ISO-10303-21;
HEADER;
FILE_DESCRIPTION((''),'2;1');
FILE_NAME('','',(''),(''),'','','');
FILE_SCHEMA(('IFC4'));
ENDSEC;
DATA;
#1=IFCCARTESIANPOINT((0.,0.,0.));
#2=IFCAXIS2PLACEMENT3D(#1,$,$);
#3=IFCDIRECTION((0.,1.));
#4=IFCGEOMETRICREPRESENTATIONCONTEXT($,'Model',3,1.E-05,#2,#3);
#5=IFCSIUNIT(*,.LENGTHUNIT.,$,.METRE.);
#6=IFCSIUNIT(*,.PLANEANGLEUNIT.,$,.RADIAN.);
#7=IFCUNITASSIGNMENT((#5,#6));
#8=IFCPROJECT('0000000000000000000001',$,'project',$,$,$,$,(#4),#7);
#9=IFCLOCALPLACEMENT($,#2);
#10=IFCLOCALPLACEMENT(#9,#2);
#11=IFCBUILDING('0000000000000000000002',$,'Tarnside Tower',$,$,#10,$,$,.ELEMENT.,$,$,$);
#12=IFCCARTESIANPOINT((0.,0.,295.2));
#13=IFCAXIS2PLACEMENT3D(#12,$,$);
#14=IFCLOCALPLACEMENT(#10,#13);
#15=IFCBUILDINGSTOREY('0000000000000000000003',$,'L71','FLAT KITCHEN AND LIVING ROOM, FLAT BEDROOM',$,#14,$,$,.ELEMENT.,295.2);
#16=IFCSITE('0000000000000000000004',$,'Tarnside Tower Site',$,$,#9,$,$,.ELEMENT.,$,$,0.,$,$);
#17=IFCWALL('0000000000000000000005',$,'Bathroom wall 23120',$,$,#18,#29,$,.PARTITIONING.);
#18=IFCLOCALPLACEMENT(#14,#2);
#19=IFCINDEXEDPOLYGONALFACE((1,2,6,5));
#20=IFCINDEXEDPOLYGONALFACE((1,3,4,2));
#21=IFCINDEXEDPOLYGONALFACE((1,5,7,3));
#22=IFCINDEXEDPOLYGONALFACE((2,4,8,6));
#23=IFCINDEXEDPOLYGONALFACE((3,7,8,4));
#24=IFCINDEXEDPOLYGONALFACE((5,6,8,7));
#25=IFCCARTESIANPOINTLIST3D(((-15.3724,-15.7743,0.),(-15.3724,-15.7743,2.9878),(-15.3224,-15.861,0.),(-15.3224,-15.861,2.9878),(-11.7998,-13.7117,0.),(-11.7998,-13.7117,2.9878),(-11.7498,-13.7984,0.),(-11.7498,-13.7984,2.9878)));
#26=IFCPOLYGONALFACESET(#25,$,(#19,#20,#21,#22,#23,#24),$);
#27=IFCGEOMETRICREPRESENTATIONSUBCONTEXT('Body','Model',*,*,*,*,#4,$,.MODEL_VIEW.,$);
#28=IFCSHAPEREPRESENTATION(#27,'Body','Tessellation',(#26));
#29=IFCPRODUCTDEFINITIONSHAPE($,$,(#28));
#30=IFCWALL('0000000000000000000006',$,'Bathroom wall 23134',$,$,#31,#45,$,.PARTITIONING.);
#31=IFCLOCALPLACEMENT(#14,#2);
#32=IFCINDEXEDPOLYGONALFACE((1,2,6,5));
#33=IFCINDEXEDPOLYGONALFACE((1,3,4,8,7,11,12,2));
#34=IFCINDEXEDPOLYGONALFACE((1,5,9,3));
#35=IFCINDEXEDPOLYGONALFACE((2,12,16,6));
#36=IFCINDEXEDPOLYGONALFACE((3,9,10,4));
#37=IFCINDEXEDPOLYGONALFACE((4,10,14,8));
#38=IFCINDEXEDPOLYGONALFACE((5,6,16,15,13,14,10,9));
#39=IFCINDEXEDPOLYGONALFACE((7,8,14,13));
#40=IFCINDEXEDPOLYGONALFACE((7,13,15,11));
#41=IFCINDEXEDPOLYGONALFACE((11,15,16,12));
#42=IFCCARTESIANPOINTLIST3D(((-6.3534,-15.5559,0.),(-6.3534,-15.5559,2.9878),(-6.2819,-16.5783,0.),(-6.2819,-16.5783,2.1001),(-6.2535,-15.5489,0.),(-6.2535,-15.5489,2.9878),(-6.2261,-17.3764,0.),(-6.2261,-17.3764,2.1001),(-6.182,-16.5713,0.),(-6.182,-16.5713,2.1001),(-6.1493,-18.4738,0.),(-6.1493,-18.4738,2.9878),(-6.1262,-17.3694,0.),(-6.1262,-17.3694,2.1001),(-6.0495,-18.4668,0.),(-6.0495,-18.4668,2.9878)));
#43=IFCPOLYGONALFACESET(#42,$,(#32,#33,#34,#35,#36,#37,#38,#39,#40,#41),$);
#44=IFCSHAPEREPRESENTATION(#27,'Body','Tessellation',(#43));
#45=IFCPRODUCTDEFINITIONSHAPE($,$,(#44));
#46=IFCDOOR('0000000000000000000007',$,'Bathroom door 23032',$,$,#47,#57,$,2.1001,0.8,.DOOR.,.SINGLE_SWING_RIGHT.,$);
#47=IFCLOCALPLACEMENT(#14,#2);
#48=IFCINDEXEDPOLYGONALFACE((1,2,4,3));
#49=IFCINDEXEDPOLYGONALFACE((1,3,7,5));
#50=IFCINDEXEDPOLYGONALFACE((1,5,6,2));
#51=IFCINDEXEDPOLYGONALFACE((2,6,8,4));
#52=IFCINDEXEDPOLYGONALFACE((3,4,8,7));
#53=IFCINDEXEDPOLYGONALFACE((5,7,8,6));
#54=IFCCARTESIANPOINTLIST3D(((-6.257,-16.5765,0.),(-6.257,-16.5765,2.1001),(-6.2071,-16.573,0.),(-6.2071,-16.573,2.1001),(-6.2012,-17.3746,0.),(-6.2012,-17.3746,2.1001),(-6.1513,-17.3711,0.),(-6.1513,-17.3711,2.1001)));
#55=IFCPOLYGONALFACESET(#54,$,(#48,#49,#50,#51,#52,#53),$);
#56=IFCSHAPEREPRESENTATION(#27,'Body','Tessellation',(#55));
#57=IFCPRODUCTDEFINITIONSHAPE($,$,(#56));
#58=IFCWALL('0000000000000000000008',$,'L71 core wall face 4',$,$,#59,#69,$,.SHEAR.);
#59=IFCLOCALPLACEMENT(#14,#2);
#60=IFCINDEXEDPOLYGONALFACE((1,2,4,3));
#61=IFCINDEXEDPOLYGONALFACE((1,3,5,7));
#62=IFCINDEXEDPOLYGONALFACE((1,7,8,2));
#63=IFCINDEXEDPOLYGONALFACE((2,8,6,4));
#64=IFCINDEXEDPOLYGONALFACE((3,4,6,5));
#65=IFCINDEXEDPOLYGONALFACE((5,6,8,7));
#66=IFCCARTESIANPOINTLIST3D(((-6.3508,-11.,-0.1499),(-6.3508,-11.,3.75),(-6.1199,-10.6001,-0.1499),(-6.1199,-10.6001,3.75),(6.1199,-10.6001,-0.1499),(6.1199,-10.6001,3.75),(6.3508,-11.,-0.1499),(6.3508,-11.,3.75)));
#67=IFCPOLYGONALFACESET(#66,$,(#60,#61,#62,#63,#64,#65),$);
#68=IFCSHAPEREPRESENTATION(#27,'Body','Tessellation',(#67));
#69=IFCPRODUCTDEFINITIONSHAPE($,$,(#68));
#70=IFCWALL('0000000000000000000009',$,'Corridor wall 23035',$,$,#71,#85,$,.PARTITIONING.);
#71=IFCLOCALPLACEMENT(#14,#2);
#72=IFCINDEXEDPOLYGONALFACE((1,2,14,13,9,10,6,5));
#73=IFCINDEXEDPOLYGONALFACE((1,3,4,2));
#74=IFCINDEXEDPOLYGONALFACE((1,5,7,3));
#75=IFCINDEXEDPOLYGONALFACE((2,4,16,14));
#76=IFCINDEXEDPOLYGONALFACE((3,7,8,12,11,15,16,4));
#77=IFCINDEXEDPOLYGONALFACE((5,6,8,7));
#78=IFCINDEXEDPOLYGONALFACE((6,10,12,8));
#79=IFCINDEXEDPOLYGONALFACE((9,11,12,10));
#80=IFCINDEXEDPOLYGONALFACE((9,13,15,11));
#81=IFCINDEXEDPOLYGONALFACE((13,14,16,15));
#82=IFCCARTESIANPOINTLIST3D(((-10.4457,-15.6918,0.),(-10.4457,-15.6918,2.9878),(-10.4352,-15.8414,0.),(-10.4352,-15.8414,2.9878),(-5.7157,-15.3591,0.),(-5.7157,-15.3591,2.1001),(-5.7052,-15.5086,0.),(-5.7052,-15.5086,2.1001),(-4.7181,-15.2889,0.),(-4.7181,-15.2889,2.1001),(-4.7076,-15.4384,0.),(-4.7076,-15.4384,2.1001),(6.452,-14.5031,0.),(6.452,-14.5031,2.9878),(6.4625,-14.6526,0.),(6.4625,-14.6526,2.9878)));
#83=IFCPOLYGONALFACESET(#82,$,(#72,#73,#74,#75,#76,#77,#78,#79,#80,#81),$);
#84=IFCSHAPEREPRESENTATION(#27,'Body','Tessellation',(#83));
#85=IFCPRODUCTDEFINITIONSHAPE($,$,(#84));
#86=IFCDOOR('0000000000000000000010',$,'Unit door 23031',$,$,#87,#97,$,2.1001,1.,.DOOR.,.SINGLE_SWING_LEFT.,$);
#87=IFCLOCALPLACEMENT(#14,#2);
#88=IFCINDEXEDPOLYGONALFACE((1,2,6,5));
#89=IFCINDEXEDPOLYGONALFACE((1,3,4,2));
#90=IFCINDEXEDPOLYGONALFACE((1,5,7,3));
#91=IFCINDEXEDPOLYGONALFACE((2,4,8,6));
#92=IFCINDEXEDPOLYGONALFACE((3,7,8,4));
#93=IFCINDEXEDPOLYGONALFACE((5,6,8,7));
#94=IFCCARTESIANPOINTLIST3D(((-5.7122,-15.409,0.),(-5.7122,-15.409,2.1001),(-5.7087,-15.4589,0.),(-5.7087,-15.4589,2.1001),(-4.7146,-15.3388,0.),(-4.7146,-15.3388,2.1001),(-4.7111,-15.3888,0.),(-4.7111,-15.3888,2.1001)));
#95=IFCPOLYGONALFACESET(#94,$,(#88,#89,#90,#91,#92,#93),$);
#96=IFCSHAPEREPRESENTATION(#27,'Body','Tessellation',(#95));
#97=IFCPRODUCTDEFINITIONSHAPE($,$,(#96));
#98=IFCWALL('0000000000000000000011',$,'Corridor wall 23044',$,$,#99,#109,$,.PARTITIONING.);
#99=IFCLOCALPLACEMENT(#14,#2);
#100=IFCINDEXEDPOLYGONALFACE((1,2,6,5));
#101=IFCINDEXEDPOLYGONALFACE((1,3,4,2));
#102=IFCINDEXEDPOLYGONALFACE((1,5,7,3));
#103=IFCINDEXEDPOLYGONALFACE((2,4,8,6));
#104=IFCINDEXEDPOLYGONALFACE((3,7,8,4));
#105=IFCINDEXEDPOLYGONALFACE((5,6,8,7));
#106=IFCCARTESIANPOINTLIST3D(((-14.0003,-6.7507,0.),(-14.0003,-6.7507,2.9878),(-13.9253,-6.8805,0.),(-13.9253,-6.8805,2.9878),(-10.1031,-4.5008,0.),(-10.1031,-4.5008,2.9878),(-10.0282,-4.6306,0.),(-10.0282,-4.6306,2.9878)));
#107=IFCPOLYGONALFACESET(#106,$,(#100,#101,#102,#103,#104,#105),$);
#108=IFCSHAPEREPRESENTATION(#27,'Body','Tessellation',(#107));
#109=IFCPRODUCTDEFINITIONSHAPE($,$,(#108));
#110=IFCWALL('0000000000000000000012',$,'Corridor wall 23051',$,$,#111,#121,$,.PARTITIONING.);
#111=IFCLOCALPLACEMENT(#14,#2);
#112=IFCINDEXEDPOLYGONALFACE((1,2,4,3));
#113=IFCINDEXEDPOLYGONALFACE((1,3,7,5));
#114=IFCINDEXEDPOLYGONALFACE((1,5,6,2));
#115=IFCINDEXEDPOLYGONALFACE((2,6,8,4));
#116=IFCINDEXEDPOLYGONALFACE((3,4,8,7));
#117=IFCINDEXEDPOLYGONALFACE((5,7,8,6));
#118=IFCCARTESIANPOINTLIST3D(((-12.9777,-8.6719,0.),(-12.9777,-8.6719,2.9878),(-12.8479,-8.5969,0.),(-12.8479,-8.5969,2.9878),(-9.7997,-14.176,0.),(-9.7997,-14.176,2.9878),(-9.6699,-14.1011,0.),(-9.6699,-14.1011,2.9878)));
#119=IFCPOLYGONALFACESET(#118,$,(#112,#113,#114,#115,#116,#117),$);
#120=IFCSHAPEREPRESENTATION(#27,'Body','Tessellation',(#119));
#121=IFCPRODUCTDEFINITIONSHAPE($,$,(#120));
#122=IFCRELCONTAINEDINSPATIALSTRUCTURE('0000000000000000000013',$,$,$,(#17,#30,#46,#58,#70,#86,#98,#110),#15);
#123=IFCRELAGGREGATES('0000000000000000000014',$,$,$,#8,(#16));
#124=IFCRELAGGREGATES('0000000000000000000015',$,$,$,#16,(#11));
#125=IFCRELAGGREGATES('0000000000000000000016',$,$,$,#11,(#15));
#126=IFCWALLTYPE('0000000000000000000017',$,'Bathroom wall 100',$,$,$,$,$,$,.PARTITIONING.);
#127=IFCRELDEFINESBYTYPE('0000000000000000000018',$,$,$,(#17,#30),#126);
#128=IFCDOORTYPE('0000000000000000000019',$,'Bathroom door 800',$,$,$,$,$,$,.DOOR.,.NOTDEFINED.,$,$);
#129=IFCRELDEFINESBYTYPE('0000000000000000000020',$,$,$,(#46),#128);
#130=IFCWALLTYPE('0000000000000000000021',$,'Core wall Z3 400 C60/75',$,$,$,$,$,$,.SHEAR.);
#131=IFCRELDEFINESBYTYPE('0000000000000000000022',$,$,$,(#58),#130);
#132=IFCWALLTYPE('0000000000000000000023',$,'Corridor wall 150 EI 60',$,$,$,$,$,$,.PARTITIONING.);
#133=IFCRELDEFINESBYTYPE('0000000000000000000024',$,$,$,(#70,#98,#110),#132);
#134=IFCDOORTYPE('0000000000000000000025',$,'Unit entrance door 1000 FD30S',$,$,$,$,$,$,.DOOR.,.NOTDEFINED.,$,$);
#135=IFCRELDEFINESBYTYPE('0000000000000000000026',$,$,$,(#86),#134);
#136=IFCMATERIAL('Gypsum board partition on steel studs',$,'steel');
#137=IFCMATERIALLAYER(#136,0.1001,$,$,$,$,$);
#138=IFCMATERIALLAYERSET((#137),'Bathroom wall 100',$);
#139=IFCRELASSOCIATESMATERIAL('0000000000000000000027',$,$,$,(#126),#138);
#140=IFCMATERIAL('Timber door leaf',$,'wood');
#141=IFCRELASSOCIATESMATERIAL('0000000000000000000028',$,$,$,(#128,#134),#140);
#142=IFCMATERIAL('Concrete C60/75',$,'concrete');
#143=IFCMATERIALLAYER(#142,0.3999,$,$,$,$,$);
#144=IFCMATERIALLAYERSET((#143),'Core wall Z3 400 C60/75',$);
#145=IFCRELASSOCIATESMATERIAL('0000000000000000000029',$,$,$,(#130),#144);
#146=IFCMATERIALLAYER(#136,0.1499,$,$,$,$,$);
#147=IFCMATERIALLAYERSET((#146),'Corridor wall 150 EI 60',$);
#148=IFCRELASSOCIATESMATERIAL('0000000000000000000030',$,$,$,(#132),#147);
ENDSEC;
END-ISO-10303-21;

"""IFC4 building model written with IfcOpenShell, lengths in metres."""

from ifc_helpers import new_model, si_unit, direction, frame, frame_2d, origin, place, context, subcontext, project, spatial, polyline, rectangle, outline, extrude, material, layer, layer_set, type_object, element, fill, save


model = new_model("IFC4")

# Units and contexts
model_context = context("Model", 3, precision=1e-05, world=origin(), true_north=direction((0.0, 1.0)))
body_context = subcontext(model_context, "Body", "Model", "MODEL_VIEW")
ifc_project = project(units=[si_unit("LENGTHUNIT", "METRE"), si_unit("PLANEANGLEUNIT", "RADIAN")], contexts=[model_context])

# Site, building, storey
site_placement = place(None, origin())
site = spatial("IfcSite", under=ifc_project, at=site_placement, Name="Tarnside Tower Site", CompositionType="ELEMENT", RefElevation=0.0)
building_placement = place(site_placement, origin())
building = spatial("IfcBuilding", under=site, at=building_placement, Name="Tarnside Tower", CompositionType="ELEMENT")
storey_placement = place(building_placement, frame((0.0, 0.0, 295.2)))
storey = spatial("IfcBuildingStorey", under=building, at=storey_placement, Name="L71", Description="FLAT KITCHEN AND LIVING ROOM, FLAT BEDROOM", CompositionType="ELEMENT", Elevation=295.2)

# Wall
ifc_material_1 = material(Name="Gypsum board partition on steel studs", Category="steel")
ifc_layer_1 = layer(ifc_material_1, 0.1001)
ifc_layer_set_1 = layer_set([ifc_layer_1], Name="Bathroom wall 100")
wall_type_1 = type_object("IfcWallType", Name="Bathroom wall 100", PredefinedType="PARTITIONING", material=ifc_layer_set_1)
wall_1_placement = place(storey_placement, frame((-11.7749, -13.7551, 0.0), z_axis=(0.0, 0.0, 1.0), x_axis=(-0.866035, -0.499984, 0.0)))
element("IfcWall", 1, at=wall_1_placement, inside=storey, type_object=wall_type_1, Name="Bathroom wall 23120", PredefinedType="PARTITIONING", context=body_context, shape_type="SweptSolid", body=[
    extrude(rectangle(XDim=4.1252, YDim=0.1001, at=frame_2d((2.0625, 0.0))), origin(), (0.0, 0.0, 1.0), 2.9878),
])

# Wall, opening, door
wall_2_placement = place(storey_placement, frame((-6.3035, -15.5525, 0.0), z_axis=(0.0, 0.0, 1.0), x_axis=(0.069776, -0.997563, 0.0)))
wall_2 = element("IfcWall", 2, at=wall_2_placement, inside=storey, type_object=wall_type_1, Name="Bathroom wall 23134", PredefinedType="PARTITIONING", context=body_context, shape_type="SweptSolid", body=[
    extrude(rectangle(XDim=2.925, YDim=0.1001, at=frame_2d((1.4624, 0.0))), origin(), (0.0, 0.0, 1.0), 2.9878),
])
opening_1_placement = place(wall_2_placement, frame((1.0249, 0.0, 0.0)))
opening_1 = element("IfcOpeningElement", 3, at=opening_1_placement, cuts=wall_2, PredefinedType="OPENING", context=body_context, shape_type="SweptSolid", body=[
    extrude(rectangle(XDim=0.8, YDim=2.1001, at=frame_2d((0.3999, 1.05))), frame((0.0, 0.0601, 0.0), z_axis=(0.0, -1.0, 0.0), x_axis=(1.0, 0.0, 0.0)), (0.0, 0.0, 1.0), 0.1201),
])
ifc_material_2 = material(Name="Timber door leaf", Category="wood")
door_type_1 = type_object("IfcDoorType", Name="Bathroom door 800", OperationType="NOTDEFINED", PredefinedType="DOOR", material=ifc_material_2)
door_1_placement = place(opening_1_placement, origin())
door_1 = element("IfcDoor", 4, at=door_1_placement, inside=storey, type_object=door_type_1, Name="Bathroom door 23032", OperationType="SINGLE_SWING_RIGHT", OverallHeight=2.1001, OverallWidth=0.8, PredefinedType="DOOR", context=body_context, shape_type="SweptSolid", body=[
    extrude(rectangle(XDim=0.8, YDim=2.1001, at=frame_2d((0.3999, 1.05))), frame((0.0, 0.0249, 0.0), z_axis=(0.0, -1.0, 0.0), x_axis=(1.0, 0.0, 0.0)), (0.0, 0.0, 1.0), 0.05),
])
fill(opening_1, door_1)

# Wall
ifc_material_3 = material(Name="Concrete C60/75", Category="concrete")
ifc_layer_2 = layer(ifc_material_3, 0.3999)
ifc_layer_set_2 = layer_set([ifc_layer_2], Name="Core wall Z3 400 C60/75")
wall_type_2 = type_object("IfcWallType", Name="Core wall Z3 400 C60/75", PredefinedType="SHEAR", material=ifc_layer_set_2)
wall_3_placement = place(storey_placement, frame((-6.2354, -10.8, -0.1499), z_axis=(0.0, 0.0, 1.0), x_axis=(1.0, 0.0, 0.0)))
element("IfcWall", 5, at=wall_3_placement, inside=storey, type_object=wall_type_2, Name="L71 core wall face 4", PredefinedType="SHEAR", context=body_context, shape_type="SweptSolid", body=[
    extrude(outline(polyline([(-0.1155, -0.2), (12.5862, -0.2), (12.3552, 0.2), (0.1155, 0.2), (-0.1155, -0.2)])), origin(), (0.0, 0.0, 1.0), 3.8999),
])

# Wall, opening, door
ifc_layer_3 = layer(ifc_material_1, 0.1499)
ifc_layer_set_3 = layer_set([ifc_layer_3], Name="Corridor wall 150 EI 60")
wall_type_3 = type_object("IfcWallType", Name="Corridor wall 150 EI 60", PredefinedType="PARTITIONING", material=ifc_layer_set_3)
wall_4_placement = place(storey_placement, frame((-10.4404, -15.7666, 0.0), z_axis=(0.0, 0.0, 1.0), x_axis=(0.997535, 0.070175, 0.0)))
wall_4 = element("IfcWall", 6, at=wall_4_placement, inside=storey, type_object=wall_type_3, Name="Corridor wall 23035", PredefinedType="PARTITIONING", context=body_context, shape_type="SweptSolid", body=[
    extrude(rectangle(XDim=16.9395, YDim=0.1499, at=frame_2d((8.4697, 0.0))), origin(), (0.0, 0.0, 1.0), 2.9878),
])
opening_2_placement = place(wall_4_placement, frame((4.7417, 0.0, 0.0)))
opening_2 = element("IfcOpeningElement", 7, at=opening_2_placement, cuts=wall_4, PredefinedType="OPENING", context=body_context, shape_type="SweptSolid", body=[
    extrude(rectangle(XDim=1.0, YDim=2.1001, at=frame_2d((0.5, 1.05))), frame((0.0, 0.085, 0.0), z_axis=(0.0, -1.0, 0.0), x_axis=(1.0, 0.0, 0.0)), (0.0, 0.0, 1.0), 0.1699),
])
door_type_2 = type_object("IfcDoorType", Name="Unit entrance door 1000 FD30S", OperationType="NOTDEFINED", PredefinedType="DOOR", material=ifc_material_2)
door_2_placement = place(opening_2_placement, origin())
door_2 = element("IfcDoor", 8, at=door_2_placement, inside=storey, type_object=door_type_2, Name="Unit door 23031", OperationType="SINGLE_SWING_LEFT", OverallHeight=2.1001, OverallWidth=1.0, PredefinedType="DOOR", context=body_context, shape_type="SweptSolid", body=[
    extrude(rectangle(XDim=1.0, YDim=2.1001, at=frame_2d((0.5, 1.05))), frame((0.0, 0.0249, 0.0), z_axis=(0.0, -1.0, 0.0), x_axis=(1.0, 0.0, 0.0)), (0.0, 0.0, 1.0), 0.05),
])
fill(opening_2, door_2)

# Walls
wall_5_placement = place(storey_placement, frame((-10.0657, -4.5657, 0.0), z_axis=(0.0, 0.0, 1.0), x_axis=(-0.866031, -0.49999, 0.0)))
element("IfcWall", 9, at=wall_5_placement, inside=storey, type_object=wall_type_3, Name="Corridor wall 23044", PredefinedType="PARTITIONING", context=body_context, shape_type="SweptSolid", body=[
    extrude(rectangle(XDim=4.5, YDim=0.1499, at=frame_2d((2.25, 0.0))), origin(), (0.0, 0.0, 1.0), 2.9878),
])
wall_6_placement = place(storey_placement, frame((-9.7349, -14.1384, 0.0), z_axis=(0.0, 0.0, 1.0), x_axis=(-0.500018, 0.866015, 0.0)))
element("IfcWall", 10, at=wall_6_placement, inside=storey, type_object=wall_type_3, Name="Corridor wall 23051", PredefinedType="PARTITIONING", context=body_context, shape_type="SweptSolid", body=[
    extrude(rectangle(XDim=6.3557, YDim=0.1499, at=frame_2d((3.1777, 0.0))), origin(), (0.0, 0.0, 1.0), 2.9878),
])

save(model, "model.ifc")
